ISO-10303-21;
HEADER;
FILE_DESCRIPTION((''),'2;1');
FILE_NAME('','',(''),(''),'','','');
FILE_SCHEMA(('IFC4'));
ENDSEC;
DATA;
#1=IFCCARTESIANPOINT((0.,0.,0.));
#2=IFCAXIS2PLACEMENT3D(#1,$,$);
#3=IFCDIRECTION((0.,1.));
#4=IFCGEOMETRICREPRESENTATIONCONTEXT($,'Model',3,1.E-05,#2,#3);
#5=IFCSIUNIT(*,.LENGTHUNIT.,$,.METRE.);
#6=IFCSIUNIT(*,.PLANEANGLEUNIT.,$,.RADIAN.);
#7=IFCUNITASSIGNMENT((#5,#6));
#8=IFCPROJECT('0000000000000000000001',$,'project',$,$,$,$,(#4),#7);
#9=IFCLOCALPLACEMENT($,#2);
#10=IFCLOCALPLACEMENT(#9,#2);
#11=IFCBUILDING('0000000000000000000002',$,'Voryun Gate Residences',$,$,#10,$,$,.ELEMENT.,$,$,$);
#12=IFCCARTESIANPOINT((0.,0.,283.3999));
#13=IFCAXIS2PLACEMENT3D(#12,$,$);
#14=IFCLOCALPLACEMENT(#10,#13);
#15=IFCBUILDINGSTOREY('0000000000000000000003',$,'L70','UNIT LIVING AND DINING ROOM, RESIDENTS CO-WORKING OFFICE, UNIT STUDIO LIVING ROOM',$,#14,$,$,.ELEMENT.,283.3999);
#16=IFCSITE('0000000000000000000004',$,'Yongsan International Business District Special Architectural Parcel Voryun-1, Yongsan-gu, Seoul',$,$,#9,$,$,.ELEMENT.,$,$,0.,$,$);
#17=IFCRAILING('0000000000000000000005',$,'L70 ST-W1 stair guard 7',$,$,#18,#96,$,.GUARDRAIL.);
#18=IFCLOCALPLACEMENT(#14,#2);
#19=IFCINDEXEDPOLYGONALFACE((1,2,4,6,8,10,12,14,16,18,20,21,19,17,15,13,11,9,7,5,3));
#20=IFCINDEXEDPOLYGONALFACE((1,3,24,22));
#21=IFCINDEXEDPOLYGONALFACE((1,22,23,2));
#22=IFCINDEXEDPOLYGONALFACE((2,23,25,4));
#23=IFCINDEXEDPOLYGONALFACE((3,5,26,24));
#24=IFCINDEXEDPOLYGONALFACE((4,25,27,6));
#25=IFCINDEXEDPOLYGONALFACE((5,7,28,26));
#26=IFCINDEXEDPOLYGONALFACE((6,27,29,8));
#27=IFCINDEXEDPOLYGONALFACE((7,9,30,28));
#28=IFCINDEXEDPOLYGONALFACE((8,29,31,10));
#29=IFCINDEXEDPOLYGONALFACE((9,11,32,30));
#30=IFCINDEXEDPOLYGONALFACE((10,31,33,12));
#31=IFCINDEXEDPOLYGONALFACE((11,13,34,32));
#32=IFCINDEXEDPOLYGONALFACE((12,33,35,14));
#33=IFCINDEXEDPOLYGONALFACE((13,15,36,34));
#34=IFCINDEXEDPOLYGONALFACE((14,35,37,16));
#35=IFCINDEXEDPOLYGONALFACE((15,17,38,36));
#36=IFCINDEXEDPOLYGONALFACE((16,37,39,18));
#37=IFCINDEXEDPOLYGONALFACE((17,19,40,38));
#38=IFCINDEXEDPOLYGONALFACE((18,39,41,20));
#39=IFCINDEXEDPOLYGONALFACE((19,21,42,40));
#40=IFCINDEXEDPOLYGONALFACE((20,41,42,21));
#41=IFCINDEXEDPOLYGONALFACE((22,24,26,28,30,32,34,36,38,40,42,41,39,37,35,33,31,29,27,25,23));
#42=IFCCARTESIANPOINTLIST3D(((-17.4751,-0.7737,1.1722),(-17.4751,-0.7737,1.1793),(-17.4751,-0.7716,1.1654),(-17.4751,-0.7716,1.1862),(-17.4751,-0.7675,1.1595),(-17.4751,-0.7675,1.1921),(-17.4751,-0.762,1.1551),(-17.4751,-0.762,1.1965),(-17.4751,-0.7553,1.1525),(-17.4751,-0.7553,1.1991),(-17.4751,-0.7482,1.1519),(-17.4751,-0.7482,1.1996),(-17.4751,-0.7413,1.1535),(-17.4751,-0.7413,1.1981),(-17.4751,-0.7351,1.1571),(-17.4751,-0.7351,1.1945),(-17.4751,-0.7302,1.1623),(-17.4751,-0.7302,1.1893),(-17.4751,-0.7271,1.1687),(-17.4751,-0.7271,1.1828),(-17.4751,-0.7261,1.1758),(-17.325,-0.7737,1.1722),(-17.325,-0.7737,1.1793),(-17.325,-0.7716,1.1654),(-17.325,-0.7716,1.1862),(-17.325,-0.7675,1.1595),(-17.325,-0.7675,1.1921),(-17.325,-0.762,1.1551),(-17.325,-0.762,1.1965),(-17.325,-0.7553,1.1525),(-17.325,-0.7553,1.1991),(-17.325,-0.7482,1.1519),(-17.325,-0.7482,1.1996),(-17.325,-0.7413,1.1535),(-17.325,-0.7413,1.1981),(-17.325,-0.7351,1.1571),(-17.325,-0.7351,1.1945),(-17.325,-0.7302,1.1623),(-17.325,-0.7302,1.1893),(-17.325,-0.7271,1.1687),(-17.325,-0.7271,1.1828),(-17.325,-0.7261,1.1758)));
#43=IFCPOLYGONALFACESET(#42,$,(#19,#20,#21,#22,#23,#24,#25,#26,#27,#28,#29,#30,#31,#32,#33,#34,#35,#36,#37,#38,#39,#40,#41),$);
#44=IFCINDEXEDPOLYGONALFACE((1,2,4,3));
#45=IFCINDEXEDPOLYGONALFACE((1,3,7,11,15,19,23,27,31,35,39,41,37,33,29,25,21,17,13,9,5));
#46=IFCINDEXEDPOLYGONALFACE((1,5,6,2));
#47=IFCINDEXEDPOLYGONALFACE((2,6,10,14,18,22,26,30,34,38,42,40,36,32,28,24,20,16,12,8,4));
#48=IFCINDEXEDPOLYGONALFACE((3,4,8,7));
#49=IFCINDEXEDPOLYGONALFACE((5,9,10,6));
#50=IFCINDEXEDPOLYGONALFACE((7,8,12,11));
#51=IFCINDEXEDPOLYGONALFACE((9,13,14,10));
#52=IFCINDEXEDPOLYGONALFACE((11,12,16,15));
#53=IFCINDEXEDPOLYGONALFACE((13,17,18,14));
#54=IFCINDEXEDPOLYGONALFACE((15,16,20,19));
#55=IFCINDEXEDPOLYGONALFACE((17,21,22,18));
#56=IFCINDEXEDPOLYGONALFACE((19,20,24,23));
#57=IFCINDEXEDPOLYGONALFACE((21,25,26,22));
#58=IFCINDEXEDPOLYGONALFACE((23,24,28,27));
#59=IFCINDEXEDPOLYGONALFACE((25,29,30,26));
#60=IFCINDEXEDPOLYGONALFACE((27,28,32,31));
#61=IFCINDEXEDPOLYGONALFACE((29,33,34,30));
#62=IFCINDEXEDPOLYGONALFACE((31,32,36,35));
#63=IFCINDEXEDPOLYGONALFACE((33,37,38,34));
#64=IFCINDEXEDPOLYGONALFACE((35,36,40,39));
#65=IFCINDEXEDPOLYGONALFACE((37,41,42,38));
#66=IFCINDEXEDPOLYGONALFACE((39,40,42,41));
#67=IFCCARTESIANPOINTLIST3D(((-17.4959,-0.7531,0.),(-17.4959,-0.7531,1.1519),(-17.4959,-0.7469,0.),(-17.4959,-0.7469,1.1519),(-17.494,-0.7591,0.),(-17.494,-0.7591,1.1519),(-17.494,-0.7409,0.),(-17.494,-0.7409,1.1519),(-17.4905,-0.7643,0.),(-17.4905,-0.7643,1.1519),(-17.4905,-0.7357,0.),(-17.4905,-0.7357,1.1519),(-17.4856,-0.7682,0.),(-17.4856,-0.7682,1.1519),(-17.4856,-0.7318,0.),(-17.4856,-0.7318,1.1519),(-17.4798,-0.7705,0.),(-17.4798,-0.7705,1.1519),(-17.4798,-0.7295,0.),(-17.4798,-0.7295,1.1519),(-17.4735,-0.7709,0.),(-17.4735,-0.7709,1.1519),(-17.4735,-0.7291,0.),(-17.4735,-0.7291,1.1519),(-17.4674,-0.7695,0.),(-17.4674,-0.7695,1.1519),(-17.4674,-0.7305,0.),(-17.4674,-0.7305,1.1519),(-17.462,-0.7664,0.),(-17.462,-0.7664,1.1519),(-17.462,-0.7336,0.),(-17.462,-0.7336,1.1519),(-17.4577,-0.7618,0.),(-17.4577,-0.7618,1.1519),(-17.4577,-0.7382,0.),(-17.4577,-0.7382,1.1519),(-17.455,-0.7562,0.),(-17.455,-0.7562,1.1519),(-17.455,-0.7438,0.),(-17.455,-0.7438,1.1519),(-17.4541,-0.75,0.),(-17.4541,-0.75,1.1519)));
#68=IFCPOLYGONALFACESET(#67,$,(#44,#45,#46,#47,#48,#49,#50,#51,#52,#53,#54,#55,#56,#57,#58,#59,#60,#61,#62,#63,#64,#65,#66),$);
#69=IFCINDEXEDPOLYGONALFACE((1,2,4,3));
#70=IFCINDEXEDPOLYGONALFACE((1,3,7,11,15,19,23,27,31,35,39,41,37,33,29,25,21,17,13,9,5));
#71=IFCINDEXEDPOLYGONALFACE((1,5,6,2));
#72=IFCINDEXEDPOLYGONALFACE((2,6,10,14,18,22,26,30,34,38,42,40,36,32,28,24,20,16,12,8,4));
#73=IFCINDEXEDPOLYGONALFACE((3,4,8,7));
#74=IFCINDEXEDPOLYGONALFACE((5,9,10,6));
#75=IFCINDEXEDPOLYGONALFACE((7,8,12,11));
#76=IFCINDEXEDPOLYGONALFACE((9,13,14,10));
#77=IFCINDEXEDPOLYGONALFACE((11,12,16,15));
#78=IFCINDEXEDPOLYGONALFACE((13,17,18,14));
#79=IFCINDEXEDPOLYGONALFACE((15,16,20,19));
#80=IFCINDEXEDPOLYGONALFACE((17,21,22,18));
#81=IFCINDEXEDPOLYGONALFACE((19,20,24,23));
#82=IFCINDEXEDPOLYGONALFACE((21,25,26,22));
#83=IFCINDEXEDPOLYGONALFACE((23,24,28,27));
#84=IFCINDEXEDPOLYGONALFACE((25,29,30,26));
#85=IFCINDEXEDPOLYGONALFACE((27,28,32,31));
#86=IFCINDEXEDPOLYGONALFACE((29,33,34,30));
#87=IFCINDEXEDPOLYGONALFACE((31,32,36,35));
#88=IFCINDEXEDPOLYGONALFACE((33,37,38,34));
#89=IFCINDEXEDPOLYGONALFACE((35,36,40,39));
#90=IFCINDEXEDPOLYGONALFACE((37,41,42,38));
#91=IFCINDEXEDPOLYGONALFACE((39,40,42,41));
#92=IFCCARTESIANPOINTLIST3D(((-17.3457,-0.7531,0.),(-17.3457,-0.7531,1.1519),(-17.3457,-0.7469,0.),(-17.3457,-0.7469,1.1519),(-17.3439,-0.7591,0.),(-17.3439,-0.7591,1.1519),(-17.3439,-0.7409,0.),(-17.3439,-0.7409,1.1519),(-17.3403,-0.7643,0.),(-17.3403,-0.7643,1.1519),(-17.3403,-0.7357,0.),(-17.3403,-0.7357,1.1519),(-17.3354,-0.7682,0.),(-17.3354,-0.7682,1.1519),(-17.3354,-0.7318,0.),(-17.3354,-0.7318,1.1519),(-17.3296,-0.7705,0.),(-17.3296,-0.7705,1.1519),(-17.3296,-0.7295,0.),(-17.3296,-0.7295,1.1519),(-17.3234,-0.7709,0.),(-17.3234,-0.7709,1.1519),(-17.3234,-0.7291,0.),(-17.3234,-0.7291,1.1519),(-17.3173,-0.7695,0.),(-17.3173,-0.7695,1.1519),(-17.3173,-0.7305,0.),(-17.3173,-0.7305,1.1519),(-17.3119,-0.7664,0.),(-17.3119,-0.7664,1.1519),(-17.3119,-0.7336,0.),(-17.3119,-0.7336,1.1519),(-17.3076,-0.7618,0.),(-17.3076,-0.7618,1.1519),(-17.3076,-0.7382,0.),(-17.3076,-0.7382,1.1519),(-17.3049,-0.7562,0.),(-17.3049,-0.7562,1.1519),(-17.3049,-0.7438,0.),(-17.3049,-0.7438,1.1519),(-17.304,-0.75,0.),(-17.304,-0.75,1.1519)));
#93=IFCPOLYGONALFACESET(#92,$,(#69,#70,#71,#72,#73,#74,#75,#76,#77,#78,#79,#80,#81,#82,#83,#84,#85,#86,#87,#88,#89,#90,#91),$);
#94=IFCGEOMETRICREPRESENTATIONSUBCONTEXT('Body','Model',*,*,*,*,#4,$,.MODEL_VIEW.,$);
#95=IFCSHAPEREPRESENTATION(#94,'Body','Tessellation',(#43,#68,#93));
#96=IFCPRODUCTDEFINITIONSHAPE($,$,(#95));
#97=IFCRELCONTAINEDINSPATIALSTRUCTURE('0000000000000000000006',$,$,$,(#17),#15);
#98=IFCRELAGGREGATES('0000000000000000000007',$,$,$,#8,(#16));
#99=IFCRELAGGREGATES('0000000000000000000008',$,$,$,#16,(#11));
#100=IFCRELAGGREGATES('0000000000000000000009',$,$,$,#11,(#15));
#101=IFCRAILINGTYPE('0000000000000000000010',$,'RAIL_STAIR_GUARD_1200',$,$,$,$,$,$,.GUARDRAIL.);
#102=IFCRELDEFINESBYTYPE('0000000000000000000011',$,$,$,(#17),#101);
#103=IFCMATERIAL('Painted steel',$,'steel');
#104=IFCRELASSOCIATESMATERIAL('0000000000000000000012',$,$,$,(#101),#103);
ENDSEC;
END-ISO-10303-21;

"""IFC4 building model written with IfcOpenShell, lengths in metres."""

from ifc_helpers import new_model, si_unit, direction, frame, origin, origin_2d, place, context, subcontext, project, spatial, circle, extrude, material, type_object, element, save


model = new_model("IFC4")

# Units and contexts
model_context = context("Model", 3, precision=1e-05, world=origin(), true_north=direction((0.0, 1.0)))
body_context = subcontext(model_context, "Body", "Model", "MODEL_VIEW")
ifc_project = project(units=[si_unit("LENGTHUNIT", "METRE"), si_unit("PLANEANGLEUNIT", "RADIAN")], contexts=[model_context])

# Site, building, storey
site_placement = place(None, origin())
site = spatial("IfcSite", under=ifc_project, at=site_placement, Name="Yongsan International Business District Special Architectural Parcel Voryun-1, Yongsan-gu, Seoul", CompositionType="ELEMENT", RefElevation=0.0)
building_placement = place(site_placement, origin())
building = spatial("IfcBuilding", under=site, at=building_placement, Name="Voryun Gate Residences", CompositionType="ELEMENT")
storey_placement = place(building_placement, frame((0.0, 0.0, 283.3999)))
storey = spatial("IfcBuildingStorey", under=building, at=storey_placement, Name="L70", Description="UNIT LIVING AND DINING ROOM, RESIDENTS CO-WORKING OFFICE, UNIT STUDIO LIVING ROOM", CompositionType="ELEMENT", Elevation=283.3999)

# Railing
ifc_material_1 = material(Name="Painted steel", Category="steel")
railing_type_1 = type_object("IfcRailingType", Name="RAIL_STAIR_GUARD_1200", PredefinedType="GUARDRAIL", material=ifc_material_1)
railing_1_placement = place(storey_placement, frame((-17.4751, -0.75, 0.0)))
element("IfcRailing", 1, at=railing_1_placement, inside=storey, type_object=railing_type_1, Name="L70 ST-W1 stair guard 7", PredefinedType="GUARDRAIL", context=body_context, shape_type="SweptSolid", body=[
    extrude(circle(Radius=0.0239, at=origin_2d()), frame((0.0, 0.0, 1.1758), z_axis=(1.0, 0.0, 0.0), x_axis=(0.0, 1.0, 0.0)), (0.0, 0.0, 1.0), 0.1501),
    extrude(circle(Radius=0.021, at=origin_2d()), origin(), (0.0, 0.0, 1.0), 1.1519),
    extrude(circle(Radius=0.021, at=origin_2d()), frame((0.1501, 0.0, 0.0)), (0.0, 0.0, 1.0), 1.1519),
])

save(model, "model.ifc")
